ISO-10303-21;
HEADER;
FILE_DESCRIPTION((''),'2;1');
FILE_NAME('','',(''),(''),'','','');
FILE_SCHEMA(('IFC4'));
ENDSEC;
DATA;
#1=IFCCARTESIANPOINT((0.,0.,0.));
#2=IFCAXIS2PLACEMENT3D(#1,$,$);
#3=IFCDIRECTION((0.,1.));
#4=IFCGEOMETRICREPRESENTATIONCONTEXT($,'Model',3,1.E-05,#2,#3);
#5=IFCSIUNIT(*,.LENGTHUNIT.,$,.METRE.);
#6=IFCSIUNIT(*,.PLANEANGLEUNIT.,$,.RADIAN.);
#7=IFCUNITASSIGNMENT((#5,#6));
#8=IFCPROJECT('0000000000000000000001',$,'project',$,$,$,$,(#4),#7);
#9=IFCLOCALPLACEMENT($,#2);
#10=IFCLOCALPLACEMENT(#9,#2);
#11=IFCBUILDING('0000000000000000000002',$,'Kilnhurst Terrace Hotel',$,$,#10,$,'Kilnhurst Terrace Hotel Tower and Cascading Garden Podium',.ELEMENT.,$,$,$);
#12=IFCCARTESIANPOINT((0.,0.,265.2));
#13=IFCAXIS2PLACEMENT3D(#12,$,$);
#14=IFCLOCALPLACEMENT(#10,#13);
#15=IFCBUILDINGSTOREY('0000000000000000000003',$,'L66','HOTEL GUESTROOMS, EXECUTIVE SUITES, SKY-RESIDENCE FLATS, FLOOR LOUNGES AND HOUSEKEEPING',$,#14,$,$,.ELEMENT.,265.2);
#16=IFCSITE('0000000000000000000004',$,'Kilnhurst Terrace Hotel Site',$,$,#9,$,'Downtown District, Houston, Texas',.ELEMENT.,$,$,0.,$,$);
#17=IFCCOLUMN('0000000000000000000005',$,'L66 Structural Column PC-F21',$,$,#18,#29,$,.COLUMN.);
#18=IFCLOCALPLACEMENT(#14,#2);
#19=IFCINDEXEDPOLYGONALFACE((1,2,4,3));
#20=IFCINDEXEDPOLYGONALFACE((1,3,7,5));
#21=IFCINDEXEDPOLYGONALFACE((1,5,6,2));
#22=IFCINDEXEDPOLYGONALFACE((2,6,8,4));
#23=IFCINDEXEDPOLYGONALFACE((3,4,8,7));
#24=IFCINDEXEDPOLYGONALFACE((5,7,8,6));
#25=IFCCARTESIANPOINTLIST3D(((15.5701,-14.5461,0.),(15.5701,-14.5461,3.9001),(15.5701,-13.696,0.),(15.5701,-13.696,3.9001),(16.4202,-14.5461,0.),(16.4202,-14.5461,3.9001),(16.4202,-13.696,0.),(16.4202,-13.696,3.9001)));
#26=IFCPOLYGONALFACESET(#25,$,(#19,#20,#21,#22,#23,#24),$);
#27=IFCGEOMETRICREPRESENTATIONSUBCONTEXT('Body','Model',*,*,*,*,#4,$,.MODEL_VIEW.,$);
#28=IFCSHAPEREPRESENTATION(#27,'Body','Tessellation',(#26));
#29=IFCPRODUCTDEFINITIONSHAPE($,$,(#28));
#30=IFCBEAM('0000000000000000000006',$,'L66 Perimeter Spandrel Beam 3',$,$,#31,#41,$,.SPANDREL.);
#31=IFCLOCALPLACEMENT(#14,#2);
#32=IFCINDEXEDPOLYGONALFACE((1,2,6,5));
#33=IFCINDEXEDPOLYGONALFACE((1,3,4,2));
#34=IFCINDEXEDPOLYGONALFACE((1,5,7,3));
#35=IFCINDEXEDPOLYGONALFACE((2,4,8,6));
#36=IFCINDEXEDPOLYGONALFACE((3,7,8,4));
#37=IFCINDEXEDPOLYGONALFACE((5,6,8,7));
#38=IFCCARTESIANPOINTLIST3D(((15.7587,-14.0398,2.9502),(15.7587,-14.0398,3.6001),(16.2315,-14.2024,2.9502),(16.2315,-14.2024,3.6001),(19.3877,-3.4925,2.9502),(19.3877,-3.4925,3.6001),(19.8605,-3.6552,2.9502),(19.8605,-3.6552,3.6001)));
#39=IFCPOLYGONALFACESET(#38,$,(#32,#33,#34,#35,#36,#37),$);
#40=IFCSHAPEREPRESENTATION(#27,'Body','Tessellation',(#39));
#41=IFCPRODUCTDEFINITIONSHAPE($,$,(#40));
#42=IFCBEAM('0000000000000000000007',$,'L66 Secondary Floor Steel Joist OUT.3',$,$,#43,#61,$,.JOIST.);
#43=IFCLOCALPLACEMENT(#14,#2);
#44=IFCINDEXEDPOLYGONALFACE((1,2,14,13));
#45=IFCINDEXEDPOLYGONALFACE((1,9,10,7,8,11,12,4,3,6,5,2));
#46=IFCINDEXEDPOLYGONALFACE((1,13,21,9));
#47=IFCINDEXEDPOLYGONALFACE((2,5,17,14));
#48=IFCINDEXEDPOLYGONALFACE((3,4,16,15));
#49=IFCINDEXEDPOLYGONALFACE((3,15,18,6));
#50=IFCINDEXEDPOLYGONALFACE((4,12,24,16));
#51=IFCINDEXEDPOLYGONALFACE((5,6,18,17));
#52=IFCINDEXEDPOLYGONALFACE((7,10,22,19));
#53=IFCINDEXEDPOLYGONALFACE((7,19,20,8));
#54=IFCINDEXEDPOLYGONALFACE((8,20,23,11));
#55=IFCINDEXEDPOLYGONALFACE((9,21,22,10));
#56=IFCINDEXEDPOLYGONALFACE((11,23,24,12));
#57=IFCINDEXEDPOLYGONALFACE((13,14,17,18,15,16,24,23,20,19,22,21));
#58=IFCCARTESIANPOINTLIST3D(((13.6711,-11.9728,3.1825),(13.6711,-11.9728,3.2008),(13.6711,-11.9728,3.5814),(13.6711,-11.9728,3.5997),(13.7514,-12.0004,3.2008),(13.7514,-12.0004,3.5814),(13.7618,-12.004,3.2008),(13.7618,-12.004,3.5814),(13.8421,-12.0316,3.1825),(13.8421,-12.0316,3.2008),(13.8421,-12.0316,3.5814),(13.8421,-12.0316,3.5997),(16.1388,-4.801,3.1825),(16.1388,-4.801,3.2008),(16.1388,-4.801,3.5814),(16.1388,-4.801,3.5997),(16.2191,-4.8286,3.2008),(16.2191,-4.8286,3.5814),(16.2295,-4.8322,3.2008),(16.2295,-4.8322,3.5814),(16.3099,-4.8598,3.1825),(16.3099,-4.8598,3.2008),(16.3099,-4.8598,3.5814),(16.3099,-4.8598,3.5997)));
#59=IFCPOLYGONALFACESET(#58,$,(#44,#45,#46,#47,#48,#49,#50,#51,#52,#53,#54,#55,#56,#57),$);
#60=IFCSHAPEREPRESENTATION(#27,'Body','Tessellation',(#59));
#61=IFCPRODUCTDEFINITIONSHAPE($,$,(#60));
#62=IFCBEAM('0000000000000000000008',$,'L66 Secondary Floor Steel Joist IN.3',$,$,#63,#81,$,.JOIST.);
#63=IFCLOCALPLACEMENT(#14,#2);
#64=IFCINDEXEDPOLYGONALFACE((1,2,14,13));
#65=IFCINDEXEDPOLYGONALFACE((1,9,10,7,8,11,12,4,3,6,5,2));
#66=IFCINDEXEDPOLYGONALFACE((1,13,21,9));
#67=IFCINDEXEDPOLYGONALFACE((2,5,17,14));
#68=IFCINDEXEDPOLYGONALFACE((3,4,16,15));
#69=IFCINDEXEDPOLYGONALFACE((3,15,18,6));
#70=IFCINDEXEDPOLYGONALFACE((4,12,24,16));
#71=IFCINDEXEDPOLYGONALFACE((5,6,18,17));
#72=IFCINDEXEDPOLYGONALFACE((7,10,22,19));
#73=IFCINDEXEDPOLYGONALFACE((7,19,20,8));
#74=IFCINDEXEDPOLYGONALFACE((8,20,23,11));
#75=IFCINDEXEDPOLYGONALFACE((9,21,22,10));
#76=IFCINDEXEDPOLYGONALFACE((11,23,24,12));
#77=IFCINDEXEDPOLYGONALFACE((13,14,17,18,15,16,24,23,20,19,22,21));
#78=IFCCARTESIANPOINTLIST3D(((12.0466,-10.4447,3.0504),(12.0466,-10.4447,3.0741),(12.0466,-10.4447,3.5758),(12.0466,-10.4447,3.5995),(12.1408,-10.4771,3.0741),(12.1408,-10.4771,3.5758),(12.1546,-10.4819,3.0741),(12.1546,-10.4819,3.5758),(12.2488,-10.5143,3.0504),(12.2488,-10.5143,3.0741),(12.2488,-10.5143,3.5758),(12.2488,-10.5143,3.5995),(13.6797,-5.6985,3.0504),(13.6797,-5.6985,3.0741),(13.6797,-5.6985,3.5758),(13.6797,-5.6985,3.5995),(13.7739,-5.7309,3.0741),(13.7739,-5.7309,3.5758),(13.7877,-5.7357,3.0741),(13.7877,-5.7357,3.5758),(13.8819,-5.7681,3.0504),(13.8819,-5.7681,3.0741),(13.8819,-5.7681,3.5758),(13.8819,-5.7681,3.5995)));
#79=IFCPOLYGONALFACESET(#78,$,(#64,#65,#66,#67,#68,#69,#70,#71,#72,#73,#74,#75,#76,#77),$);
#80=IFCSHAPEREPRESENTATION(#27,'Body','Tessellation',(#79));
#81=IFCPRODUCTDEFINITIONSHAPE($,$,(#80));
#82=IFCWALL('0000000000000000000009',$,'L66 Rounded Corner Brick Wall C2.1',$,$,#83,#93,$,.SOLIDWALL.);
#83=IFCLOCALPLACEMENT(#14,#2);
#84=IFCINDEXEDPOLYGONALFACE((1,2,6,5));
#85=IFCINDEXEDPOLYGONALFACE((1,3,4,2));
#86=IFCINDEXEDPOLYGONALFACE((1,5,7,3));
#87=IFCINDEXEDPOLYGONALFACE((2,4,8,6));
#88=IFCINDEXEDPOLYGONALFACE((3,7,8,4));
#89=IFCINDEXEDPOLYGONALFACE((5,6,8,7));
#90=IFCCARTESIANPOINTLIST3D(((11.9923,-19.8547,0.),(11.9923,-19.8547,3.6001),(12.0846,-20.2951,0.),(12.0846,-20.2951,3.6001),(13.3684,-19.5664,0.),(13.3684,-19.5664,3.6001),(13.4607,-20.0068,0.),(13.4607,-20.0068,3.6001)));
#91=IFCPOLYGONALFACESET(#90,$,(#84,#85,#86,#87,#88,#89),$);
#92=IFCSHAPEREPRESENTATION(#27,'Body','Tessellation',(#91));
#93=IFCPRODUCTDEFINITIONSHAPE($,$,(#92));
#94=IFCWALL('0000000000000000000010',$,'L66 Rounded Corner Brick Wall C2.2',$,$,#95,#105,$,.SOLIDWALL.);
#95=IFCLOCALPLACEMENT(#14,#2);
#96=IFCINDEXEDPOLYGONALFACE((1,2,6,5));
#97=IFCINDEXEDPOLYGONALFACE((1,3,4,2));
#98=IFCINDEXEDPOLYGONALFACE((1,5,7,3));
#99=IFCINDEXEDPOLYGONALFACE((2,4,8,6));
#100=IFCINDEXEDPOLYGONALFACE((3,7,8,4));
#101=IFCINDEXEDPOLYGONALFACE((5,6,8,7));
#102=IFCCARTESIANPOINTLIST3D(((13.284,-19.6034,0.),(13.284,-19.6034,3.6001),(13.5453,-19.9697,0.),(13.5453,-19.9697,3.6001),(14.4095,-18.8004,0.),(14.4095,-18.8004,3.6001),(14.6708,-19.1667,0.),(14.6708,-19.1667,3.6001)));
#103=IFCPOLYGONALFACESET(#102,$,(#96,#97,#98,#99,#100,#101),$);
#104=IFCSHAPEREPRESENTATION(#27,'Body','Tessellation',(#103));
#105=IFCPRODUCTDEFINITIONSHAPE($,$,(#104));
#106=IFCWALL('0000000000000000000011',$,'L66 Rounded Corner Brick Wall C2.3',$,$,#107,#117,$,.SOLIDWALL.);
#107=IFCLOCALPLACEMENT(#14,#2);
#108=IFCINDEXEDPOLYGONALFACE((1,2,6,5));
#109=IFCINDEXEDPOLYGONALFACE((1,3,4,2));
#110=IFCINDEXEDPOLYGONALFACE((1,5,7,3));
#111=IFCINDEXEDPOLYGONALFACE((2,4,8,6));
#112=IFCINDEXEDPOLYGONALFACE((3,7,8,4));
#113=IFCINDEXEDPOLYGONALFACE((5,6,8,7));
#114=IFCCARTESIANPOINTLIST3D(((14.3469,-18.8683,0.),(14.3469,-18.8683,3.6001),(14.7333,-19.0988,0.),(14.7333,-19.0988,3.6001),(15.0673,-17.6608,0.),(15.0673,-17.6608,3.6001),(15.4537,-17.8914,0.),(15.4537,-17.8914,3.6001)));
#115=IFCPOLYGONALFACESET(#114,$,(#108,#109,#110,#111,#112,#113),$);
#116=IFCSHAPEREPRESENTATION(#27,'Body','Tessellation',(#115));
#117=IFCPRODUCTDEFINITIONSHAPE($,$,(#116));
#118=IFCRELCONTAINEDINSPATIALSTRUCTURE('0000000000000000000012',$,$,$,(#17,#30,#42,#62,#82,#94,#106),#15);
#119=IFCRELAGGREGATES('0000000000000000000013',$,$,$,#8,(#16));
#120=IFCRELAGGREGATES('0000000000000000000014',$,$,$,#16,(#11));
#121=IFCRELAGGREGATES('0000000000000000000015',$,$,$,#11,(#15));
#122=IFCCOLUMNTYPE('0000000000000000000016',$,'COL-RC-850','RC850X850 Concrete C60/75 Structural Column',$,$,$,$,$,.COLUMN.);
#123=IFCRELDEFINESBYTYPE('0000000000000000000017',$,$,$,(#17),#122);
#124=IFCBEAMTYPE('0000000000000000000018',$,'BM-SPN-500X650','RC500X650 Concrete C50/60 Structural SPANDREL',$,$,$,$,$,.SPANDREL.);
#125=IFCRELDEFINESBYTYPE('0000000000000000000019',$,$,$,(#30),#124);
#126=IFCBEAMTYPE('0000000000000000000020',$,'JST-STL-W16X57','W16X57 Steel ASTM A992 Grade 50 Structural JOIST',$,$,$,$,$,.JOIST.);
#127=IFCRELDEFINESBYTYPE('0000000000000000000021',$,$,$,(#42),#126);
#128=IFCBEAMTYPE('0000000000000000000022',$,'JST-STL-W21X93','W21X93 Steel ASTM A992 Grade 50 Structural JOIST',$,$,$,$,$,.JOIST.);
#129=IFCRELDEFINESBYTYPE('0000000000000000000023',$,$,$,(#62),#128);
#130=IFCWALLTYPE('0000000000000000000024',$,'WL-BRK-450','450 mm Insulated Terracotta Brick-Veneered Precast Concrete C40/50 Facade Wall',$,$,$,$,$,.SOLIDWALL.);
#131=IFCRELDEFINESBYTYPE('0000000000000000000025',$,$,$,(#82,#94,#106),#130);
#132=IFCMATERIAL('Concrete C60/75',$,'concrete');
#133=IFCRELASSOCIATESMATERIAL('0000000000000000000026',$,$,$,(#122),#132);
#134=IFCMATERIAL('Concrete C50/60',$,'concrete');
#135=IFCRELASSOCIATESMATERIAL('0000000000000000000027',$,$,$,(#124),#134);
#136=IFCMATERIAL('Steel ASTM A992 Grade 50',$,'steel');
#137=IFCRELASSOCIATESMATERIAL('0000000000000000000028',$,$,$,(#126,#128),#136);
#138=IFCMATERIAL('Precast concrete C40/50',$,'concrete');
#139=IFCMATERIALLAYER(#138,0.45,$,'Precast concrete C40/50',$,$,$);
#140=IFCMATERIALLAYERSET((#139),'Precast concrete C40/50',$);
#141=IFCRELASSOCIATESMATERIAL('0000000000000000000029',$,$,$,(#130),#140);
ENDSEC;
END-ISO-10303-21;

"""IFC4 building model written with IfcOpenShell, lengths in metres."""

from ifc_helpers import new_model, si_unit, direction, frame, frame_2d, origin, origin_2d, place, context, subcontext, project, spatial, rectangle, i_section, extrude, material, layer, layer_set, material_profile, profile_set, type_object, element, save


model = new_model("IFC4")

# Units and contexts
model_context = context("Model", 3, precision=1e-05, world=origin(), true_north=direction((0.0, 1.0)))
body_context = subcontext(model_context, "Body", "Model", "MODEL_VIEW")
ifc_project = project(units=[si_unit("LENGTHUNIT", "METRE"), si_unit("PLANEANGLEUNIT", "RADIAN")], contexts=[model_context])

# Site, building, storey
site_placement = place(None, origin())
site = spatial("IfcSite", under=ifc_project, at=site_placement, Name="Kilnhurst Terrace Hotel Site", LongName="Downtown District, Houston, Texas", CompositionType="ELEMENT", RefElevation=0.0)
building_placement = place(site_placement, origin())
building = spatial("IfcBuilding", under=site, at=building_placement, Name="Kilnhurst Terrace Hotel", LongName="Kilnhurst Terrace Hotel Tower and Cascading Garden Podium", CompositionType="ELEMENT")
storey_placement = place(building_placement, frame((0.0, 0.0, 265.2)))
storey = spatial("IfcBuildingStorey", under=building, at=storey_placement, Name="L66", Description="HOTEL GUESTROOMS, EXECUTIVE SUITES, SKY-RESIDENCE FLATS, FLOOR LOUNGES AND HOUSEKEEPING", CompositionType="ELEMENT", Elevation=265.2)

# Column
ifc_material_1 = material(Name="Concrete C60/75", Category="concrete")
ifc_material_profile_1 = material_profile(ifc_material_1, rectangle(XDim=0.8501, YDim=0.8501, at=origin_2d()), Name="RC850X850")
ifc_profile_set_1 = profile_set([ifc_material_profile_1], Name="Concrete C60/75")
column_type = type_object("IfcColumnType", Name="COL-RC-850", Description="RC850X850 Concrete C60/75 Structural Column", PredefinedType="COLUMN", material=ifc_profile_set_1)
column_placement = place(storey_placement, frame((15.9951, -14.1211, 0.0), z_axis=(0.0, 0.0, 1.0), x_axis=(1.0, 0.0, 0.0)))
element("IfcColumn", 1, at=column_placement, inside=storey, type_object=column_type, Name="L66 Structural Column PC-F21", PredefinedType="COLUMN", context=body_context, shape_type="SweptSolid", body=[
    extrude(rectangle(XDim=0.8501, YDim=0.8501, at=origin_2d()), origin(), (0.0, 0.0, 1.0), 3.9001),
])

# Beams
ifc_material_2 = material(Name="Concrete C50/60", Category="concrete")
ifc_material_profile_2 = material_profile(ifc_material_2, rectangle(XDim=0.5, YDim=0.6499, at=origin_2d()), Name="RC500X650")
ifc_profile_set_2 = profile_set([ifc_material_profile_2], Name="Concrete C50/60")
beam_type_1 = type_object("IfcBeamType", Name="BM-SPN-500X650", Description="RC500X650 Concrete C50/60 Structural SPANDREL", PredefinedType="SPANDREL", material=ifc_profile_set_2)
beam_1_placement = place(storey_placement, frame((15.9951, -14.1211, 3.2751), z_axis=(0.325347, 0.945595, 0.0), x_axis=(-0.945595, 0.325347, 0.0)))
element("IfcBeam", 2, at=beam_1_placement, inside=storey, type_object=beam_type_1, Name="L66 Perimeter Spandrel Beam 3", PredefinedType="SPANDREL", context=body_context, shape_type="SweptSolid", body=[
    extrude(rectangle(XDim=0.5, YDim=0.6499, at=origin_2d()), origin(), (0.0, 0.0, 1.0), 11.1541),
])
ifc_material_3 = material(Name="Steel ASTM A992 Grade 50", Category="steel")
ifc_material_profile_3 = material_profile(ifc_material_3, i_section(OverallWidth=0.1809, OverallDepth=0.4172, WebThickness=0.011, FlangeThickness=0.0183, at=origin_2d()), Name="W16X57")
ifc_profile_set_3 = profile_set([ifc_material_profile_3], Name="Steel ASTM A992 Grade 50")
beam_type_2 = type_object("IfcBeamType", Name="JST-STL-W16X57", Description="W16X57 Steel ASTM A992 Grade 50 Structural JOIST", PredefinedType="JOIST", material=ifc_profile_set_3)
beam_2_placement = place(storey_placement, frame((13.7566, -12.0022, 3.3911), z_axis=(0.325368, 0.945588, 0.0), x_axis=(-0.945588, 0.325368, 0.0)))
element("IfcBeam", 3, at=beam_2_placement, inside=storey, type_object=beam_type_2, Name="L66 Secondary Floor Steel Joist OUT.3", PredefinedType="JOIST", context=body_context, shape_type="SweptSolid", body=[
    extrude(i_section(OverallWidth=0.1809, OverallDepth=0.4172, WebThickness=0.011, FlangeThickness=0.0183, at=origin_2d()), origin(), (0.0, 0.0, 1.0), 7.5845),
])
ifc_material_profile_4 = material_profile(ifc_material_3, i_section(OverallWidth=0.2139, OverallDepth=0.5491, WebThickness=0.0146, FlangeThickness=0.0237, at=origin_2d()), Name="W21X93")
ifc_profile_set_4 = profile_set([ifc_material_profile_4], Name="Steel ASTM A992 Grade 50")
beam_type_3 = type_object("IfcBeamType", Name="JST-STL-W21X93", Description="W21X93 Steel ASTM A992 Grade 50 Structural JOIST", PredefinedType="JOIST", material=ifc_profile_set_4)
beam_3_placement = place(storey_placement, frame((12.1477, -10.4795, 3.325), z_axis=(0.325363, 0.945589, 0.0), x_axis=(-0.945589, 0.325363, 0.0)))
element("IfcBeam", 4, at=beam_3_placement, inside=storey, type_object=beam_type_3, Name="L66 Secondary Floor Steel Joist IN.3", PredefinedType="JOIST", context=body_context, shape_type="SweptSolid", body=[
    extrude(i_section(OverallWidth=0.2139, OverallDepth=0.5491, WebThickness=0.0146, FlangeThickness=0.0237, at=origin_2d()), origin(), (0.0, 0.0, 1.0), 5.0193),
])

# Walls
ifc_material_4 = material(Name="Precast concrete C40/50", Category="concrete")
ifc_layer_1 = layer(ifc_material_4, 0.45, Name="Precast concrete C40/50")
ifc_layer_set_1 = layer_set([ifc_layer_1], Name="Precast concrete C40/50")
wall_type_1 = type_object("IfcWallType", Name="WL-BRK-450", Description="450 mm Insulated Terracotta Brick-Veneered Precast Concrete C40/50 Facade Wall", PredefinedType="SOLIDWALL", material=ifc_layer_set_1)
wall_1_placement = place(storey_placement, frame((12.0383, -20.075, 0.0), z_axis=(0.0, 0.0, 1.0), x_axis=(0.97875, 0.205057, 0.0)))
element("IfcWall", 5, at=wall_1_placement, inside=storey, type_object=wall_type_1, Name="L66 Rounded Corner Brick Wall C2.1", PredefinedType="SOLIDWALL", context=body_context, shape_type="SweptSolid", body=[
    extrude(rectangle(XDim=1.406, YDim=0.45, at=frame_2d((0.7031, 0.0))), origin(), (0.0, 0.0, 1.0), 3.6001),
])
wall_2_placement = place(storey_placement, frame((13.4146, -19.7866, 0.0), z_axis=(0.0, 0.0, 1.0), x_axis=(0.814055, 0.580787, 0.0)))
element("IfcWall", 6, at=wall_2_placement, inside=storey, type_object=wall_type_1, Name="L66 Rounded Corner Brick Wall C2.2", PredefinedType="SOLIDWALL", context=body_context, shape_type="SweptSolid", body=[
    extrude(rectangle(XDim=1.3826, YDim=0.45, at=frame_2d((0.6914, 0.0))), origin(), (0.0, 0.0, 1.0), 3.6001),
])
wall_3_placement = place(storey_placement, frame((14.54, -18.9836, 0.0), z_axis=(0.0, 0.0, 1.0), x_axis=(0.512375, 0.858762, 0.0)))
element("IfcWall", 7, at=wall_3_placement, inside=storey, type_object=wall_type_1, Name="L66 Rounded Corner Brick Wall C2.3", PredefinedType="SOLIDWALL", context=body_context, shape_type="SweptSolid", body=[
    extrude(rectangle(XDim=1.406, YDim=0.45, at=frame_2d((0.7031, 0.0))), origin(), (0.0, 0.0, 1.0), 3.6001),
])

save(model, "model.ifc")
